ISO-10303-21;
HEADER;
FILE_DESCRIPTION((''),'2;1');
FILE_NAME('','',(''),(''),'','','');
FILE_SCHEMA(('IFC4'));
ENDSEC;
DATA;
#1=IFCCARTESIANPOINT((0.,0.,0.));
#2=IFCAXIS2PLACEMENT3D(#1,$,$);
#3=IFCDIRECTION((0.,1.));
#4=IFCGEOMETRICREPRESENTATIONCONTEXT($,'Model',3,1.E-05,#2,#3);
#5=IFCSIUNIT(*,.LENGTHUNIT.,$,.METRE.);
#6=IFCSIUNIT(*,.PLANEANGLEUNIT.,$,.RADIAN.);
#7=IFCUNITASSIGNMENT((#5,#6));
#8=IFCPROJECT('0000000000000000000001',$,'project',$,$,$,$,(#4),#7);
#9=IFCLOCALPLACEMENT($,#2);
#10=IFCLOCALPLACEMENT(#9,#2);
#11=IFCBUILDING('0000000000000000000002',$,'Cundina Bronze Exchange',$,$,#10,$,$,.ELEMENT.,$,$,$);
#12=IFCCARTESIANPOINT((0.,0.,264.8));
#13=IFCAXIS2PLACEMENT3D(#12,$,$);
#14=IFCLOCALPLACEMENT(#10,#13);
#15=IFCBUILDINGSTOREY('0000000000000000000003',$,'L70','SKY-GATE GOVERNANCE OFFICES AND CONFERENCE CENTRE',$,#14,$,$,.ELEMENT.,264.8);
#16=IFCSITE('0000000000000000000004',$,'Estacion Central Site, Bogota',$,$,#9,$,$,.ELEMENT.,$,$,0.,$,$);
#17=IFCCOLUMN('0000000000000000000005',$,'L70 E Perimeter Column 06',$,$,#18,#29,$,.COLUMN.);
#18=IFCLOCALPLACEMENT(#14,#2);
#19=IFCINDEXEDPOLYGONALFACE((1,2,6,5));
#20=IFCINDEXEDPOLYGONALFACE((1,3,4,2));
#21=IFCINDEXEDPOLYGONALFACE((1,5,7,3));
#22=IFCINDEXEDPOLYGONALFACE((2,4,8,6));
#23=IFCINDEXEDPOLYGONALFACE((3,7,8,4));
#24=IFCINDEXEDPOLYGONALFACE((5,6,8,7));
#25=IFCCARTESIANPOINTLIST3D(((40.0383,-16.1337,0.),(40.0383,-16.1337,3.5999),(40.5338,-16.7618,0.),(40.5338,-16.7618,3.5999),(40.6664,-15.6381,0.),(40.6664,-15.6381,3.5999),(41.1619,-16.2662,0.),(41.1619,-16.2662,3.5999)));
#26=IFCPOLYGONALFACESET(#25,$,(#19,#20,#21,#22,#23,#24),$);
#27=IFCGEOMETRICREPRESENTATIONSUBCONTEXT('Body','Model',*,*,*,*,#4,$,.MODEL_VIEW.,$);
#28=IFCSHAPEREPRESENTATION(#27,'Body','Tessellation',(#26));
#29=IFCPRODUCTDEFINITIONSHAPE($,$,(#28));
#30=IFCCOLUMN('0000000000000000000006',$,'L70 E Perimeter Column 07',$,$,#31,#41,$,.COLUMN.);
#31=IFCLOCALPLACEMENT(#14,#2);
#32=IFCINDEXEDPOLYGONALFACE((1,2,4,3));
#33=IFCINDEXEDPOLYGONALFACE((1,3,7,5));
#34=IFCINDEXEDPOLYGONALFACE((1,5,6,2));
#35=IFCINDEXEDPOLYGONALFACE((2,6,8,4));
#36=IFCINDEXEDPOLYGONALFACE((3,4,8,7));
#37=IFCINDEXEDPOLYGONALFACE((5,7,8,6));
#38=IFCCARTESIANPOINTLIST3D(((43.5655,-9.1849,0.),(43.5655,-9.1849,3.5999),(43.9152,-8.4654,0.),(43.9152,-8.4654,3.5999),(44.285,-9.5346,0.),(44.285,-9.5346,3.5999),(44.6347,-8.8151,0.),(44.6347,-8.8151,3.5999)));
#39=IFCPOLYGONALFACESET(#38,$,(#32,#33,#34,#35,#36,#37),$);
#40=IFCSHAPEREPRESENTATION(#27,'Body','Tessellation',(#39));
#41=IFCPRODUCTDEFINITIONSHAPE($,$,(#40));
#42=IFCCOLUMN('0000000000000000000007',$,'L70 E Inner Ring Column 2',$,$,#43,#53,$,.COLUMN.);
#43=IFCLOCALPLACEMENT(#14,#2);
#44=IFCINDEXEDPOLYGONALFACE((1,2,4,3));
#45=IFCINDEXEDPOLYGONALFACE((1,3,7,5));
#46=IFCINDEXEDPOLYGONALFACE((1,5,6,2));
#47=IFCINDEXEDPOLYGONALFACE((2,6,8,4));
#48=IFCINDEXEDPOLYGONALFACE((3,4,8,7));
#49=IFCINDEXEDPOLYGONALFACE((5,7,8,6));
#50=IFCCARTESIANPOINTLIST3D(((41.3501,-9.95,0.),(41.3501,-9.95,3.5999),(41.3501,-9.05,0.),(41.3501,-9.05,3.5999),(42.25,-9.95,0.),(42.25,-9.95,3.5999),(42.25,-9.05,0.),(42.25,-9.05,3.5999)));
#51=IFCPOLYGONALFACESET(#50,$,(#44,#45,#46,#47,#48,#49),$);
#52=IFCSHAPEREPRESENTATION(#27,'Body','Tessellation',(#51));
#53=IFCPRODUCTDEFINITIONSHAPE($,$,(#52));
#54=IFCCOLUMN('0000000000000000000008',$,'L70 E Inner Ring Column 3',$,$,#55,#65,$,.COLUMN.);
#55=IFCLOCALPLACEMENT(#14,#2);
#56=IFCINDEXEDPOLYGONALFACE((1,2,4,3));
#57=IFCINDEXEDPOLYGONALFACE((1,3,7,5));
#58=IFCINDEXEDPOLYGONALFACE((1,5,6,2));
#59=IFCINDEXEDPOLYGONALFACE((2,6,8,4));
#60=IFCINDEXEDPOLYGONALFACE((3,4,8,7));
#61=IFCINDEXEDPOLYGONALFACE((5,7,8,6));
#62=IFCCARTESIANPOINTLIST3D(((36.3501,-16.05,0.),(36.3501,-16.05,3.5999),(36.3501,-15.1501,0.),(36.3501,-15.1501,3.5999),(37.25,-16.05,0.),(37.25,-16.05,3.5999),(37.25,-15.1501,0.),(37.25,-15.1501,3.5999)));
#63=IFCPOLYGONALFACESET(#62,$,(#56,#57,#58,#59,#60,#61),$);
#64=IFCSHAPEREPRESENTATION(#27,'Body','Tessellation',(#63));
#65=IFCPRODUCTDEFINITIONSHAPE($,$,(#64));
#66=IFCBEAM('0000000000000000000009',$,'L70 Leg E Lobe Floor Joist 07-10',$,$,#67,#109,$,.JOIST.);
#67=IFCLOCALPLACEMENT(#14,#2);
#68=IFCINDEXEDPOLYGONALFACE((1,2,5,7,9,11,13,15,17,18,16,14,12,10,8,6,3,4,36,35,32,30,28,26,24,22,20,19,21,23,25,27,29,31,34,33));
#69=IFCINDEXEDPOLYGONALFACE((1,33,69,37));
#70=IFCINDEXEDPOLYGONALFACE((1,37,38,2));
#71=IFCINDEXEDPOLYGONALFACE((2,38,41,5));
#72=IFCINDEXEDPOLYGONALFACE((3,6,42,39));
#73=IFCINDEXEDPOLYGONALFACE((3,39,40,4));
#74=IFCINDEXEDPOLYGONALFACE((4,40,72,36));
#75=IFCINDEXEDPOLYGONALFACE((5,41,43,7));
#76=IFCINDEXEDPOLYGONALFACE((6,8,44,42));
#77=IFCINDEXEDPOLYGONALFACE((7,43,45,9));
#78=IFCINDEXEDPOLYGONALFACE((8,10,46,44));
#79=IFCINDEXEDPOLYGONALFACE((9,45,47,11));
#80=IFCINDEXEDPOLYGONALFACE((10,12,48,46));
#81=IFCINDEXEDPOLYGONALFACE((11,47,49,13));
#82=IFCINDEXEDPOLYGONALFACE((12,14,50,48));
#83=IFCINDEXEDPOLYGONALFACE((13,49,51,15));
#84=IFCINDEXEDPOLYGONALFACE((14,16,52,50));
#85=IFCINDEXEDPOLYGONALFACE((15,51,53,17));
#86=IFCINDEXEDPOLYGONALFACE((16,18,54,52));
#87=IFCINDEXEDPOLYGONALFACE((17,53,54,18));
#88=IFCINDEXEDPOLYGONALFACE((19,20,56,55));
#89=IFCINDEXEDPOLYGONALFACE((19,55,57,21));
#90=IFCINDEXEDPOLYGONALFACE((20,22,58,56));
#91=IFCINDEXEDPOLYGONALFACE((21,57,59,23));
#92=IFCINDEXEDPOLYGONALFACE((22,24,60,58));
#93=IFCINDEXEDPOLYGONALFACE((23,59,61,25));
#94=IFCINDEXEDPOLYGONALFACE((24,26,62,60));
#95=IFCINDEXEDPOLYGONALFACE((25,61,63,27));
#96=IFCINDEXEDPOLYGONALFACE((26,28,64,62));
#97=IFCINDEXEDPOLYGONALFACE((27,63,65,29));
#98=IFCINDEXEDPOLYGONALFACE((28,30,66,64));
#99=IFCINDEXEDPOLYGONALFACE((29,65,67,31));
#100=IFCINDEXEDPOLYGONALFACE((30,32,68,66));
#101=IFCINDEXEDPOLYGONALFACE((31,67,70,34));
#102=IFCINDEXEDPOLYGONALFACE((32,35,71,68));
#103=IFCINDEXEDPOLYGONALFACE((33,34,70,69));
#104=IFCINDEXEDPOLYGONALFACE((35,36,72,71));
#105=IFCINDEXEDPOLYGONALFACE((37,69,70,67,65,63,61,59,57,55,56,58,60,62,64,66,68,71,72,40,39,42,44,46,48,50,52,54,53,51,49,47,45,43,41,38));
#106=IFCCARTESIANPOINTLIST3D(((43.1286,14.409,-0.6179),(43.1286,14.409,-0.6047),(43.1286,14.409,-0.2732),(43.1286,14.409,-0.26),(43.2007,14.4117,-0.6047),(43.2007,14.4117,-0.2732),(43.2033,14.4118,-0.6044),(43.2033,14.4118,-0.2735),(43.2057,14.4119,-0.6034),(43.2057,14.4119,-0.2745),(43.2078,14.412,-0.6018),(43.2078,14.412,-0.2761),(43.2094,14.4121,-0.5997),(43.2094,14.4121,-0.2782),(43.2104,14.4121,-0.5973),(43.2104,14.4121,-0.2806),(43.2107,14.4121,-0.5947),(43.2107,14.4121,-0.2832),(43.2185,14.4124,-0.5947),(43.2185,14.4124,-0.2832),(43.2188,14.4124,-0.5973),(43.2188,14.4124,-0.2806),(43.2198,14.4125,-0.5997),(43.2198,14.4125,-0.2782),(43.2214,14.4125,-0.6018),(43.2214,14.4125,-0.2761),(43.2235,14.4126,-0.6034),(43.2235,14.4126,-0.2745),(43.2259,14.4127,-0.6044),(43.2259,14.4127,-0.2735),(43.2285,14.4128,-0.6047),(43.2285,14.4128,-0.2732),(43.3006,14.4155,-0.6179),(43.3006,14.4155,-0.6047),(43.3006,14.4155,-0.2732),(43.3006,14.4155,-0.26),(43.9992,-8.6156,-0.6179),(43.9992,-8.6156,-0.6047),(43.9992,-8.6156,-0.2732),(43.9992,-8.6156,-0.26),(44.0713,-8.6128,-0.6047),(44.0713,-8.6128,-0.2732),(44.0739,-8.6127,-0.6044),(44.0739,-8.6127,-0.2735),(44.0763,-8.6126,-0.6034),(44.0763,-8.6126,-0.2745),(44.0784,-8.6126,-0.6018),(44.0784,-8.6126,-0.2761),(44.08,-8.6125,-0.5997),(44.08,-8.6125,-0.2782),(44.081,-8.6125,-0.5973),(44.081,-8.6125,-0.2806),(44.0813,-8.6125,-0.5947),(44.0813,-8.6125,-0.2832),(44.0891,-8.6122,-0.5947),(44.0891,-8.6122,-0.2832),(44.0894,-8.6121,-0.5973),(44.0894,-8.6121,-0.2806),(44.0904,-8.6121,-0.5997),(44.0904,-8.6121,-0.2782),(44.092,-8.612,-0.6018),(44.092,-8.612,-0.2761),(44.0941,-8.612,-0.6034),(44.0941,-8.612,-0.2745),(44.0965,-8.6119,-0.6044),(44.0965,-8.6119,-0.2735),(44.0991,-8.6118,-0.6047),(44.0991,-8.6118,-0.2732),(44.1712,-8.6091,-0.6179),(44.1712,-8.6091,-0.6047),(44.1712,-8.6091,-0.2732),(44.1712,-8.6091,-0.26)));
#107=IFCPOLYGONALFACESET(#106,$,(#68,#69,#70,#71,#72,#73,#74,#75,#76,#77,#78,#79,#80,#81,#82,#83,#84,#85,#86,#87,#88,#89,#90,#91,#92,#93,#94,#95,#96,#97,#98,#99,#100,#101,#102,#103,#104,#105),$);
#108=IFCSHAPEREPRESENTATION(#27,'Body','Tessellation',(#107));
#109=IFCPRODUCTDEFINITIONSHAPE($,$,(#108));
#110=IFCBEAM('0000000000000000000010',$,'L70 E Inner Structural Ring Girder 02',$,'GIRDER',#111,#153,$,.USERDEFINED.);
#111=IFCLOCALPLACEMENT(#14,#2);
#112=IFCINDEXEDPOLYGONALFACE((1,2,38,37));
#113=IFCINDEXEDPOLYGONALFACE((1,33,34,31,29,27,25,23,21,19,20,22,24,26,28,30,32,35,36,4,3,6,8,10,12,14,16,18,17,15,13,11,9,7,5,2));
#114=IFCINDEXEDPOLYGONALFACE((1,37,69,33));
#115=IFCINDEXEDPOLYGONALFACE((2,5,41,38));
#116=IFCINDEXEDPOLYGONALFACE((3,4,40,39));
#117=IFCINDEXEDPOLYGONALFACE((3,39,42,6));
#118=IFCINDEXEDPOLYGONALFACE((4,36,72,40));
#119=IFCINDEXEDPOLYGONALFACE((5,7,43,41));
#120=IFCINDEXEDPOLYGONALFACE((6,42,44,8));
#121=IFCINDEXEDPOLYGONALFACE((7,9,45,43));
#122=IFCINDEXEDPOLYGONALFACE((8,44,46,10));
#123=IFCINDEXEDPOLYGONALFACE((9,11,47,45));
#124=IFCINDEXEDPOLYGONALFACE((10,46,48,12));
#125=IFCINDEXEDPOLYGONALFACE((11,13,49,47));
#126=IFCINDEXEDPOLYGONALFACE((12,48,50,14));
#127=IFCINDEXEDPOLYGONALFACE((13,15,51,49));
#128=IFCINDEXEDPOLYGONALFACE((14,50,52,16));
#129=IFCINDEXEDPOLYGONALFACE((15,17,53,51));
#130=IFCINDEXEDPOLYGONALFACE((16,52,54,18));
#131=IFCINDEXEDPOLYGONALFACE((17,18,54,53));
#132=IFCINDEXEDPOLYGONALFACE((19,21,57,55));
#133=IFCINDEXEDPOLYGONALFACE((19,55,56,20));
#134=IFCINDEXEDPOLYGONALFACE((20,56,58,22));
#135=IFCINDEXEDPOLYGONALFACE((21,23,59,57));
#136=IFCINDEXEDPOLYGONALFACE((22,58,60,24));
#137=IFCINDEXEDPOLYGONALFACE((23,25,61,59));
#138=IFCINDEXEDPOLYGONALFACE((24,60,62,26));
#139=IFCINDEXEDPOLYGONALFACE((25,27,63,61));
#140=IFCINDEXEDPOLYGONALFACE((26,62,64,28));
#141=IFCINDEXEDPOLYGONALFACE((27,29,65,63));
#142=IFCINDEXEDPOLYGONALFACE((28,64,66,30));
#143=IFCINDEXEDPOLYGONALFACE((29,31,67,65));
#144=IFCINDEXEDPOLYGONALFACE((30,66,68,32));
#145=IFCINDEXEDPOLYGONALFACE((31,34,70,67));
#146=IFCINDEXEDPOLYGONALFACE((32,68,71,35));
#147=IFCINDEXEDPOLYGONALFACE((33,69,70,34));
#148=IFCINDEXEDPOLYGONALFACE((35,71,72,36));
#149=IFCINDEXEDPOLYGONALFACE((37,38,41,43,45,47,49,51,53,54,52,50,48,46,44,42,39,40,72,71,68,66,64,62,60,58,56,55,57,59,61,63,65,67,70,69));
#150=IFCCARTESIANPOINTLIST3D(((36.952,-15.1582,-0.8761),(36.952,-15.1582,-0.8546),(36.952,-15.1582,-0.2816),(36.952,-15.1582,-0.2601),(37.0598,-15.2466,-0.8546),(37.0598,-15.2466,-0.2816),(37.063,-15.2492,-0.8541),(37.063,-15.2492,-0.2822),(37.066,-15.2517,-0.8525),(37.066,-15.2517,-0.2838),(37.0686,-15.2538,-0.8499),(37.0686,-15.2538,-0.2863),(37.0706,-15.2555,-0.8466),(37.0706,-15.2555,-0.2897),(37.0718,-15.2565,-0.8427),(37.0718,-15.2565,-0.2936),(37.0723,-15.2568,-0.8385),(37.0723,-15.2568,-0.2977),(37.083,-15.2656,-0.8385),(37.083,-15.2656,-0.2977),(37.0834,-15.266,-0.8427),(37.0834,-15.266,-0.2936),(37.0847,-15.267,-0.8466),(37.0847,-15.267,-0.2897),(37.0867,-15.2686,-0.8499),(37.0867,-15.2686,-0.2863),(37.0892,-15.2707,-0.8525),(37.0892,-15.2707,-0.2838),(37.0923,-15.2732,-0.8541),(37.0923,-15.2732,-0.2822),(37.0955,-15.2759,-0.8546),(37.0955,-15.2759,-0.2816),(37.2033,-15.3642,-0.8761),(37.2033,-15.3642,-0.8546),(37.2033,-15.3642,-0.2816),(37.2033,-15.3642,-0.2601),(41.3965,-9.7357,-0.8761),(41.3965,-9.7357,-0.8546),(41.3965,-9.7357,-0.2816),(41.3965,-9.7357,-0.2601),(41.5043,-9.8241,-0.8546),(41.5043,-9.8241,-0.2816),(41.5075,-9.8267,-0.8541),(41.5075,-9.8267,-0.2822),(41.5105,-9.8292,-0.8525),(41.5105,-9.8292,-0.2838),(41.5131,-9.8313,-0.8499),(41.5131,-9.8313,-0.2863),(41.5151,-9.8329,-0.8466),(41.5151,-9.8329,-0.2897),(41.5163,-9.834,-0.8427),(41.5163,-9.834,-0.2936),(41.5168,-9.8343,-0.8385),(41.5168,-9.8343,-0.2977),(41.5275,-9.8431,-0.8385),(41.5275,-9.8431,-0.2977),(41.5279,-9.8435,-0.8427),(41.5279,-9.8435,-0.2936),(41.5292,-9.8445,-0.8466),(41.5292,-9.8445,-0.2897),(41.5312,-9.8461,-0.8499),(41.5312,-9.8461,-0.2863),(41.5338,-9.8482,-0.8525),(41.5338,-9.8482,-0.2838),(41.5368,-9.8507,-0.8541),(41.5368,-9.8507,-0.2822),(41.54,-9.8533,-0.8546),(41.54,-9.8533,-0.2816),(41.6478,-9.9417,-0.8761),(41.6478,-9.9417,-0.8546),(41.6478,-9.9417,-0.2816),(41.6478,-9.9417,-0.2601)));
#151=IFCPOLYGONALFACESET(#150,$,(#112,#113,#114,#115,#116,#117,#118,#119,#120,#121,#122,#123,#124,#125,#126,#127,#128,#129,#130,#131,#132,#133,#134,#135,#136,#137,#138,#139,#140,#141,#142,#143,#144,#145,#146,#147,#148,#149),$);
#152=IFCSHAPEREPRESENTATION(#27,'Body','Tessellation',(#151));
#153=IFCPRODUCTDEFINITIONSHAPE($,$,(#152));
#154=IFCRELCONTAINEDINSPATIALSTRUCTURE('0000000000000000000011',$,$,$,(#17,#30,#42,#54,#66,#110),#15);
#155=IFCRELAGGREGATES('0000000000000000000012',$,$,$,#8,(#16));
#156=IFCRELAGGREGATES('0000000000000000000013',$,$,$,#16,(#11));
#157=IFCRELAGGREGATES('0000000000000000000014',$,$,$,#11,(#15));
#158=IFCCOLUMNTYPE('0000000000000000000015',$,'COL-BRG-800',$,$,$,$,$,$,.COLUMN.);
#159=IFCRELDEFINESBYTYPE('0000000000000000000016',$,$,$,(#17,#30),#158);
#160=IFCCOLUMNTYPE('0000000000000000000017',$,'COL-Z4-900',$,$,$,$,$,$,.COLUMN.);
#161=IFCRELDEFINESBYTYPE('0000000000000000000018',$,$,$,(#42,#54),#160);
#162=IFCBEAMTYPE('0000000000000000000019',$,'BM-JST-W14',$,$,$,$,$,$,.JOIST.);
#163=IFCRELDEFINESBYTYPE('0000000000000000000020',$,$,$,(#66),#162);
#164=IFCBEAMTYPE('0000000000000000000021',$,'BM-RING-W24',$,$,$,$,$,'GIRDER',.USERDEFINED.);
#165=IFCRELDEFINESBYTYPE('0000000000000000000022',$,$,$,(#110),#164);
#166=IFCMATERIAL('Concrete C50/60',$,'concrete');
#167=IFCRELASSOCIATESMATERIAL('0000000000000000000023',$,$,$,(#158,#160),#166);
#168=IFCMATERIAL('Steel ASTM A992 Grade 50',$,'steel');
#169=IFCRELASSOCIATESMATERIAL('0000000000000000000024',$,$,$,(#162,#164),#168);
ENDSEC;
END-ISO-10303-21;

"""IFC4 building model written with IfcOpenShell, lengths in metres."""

from ifc_helpers import new_model, si_unit, direction, frame, origin, origin_2d, place, context, subcontext, project, spatial, rectangle, i_section, extrude, material, material_profile, profile_set, type_object, element, save


model = new_model("IFC4")

# Units and contexts
model_context = context("Model", 3, precision=1e-05, world=origin(), true_north=direction((0.0, 1.0)))
body_context = subcontext(model_context, "Body", "Model", "MODEL_VIEW")
ifc_project = project(units=[si_unit("LENGTHUNIT", "METRE"), si_unit("PLANEANGLEUNIT", "RADIAN")], contexts=[model_context])

# Site, building, storey
site_placement = place(None, origin())
site = spatial("IfcSite", under=ifc_project, at=site_placement, Name="Estacion Central Site, Bogota", CompositionType="ELEMENT", RefElevation=0.0)
building_placement = place(site_placement, origin())
building = spatial("IfcBuilding", under=site, at=building_placement, Name="Cundina Bronze Exchange", CompositionType="ELEMENT")
storey_placement = place(building_placement, frame((0.0, 0.0, 264.8)))
storey = spatial("IfcBuildingStorey", under=building, at=storey_placement, Name="L70", Description="SKY-GATE GOVERNANCE OFFICES AND CONFERENCE CENTRE", CompositionType="ELEMENT", Elevation=264.8)

# Columns
ifc_material_1 = material(Name="Concrete C50/60", Category="concrete")
ifc_material_profile_1 = material_profile(ifc_material_1, rectangle(XDim=0.8, YDim=0.8, at=origin_2d()), Name="RC800X800", Category="concrete")
ifc_profile_set_1 = profile_set([ifc_material_profile_1], Name="Concrete C50/60")
column_type_1 = type_object("IfcColumnType", Name="COL-BRG-800", PredefinedType="COLUMN", material=ifc_profile_set_1)
for number, where, z_axis, x_axis, name in (
    (1, (40.6001, -16.2, 0.0), (0.0, 0.0, 1.0), (0.785101, 0.619368, 0.0), "L70 E Perimeter Column 06"),
    (2, (44.1001, -9.0, 0.0), (0.0, 0.0, 1.0), (0.437116, 0.899405, 0.0), "L70 E Perimeter Column 07"),
):
    element("IfcColumn", number, at=place(storey_placement, frame(where, z_axis=z_axis, x_axis=x_axis)), inside=storey, type_object=column_type_1, Name=name, PredefinedType="COLUMN", context=body_context, shape_type="SweptSolid", body=[
        extrude(rectangle(XDim=0.8, YDim=0.8, at=origin_2d()), origin(), (0.0, 0.0, 1.0), 3.5999),
    ])
ifc_material_profile_2 = material_profile(ifc_material_1, rectangle(XDim=0.8999, YDim=0.8999, at=origin_2d()), Name="RC900X900", Category="concrete")
ifc_profile_set_2 = profile_set([ifc_material_profile_2], Name="Concrete C50/60")
column_type_2 = type_object("IfcColumnType", Name="COL-Z4-900", PredefinedType="COLUMN", material=ifc_profile_set_2)
for number, where, z_axis, x_axis, name in (
    (3, (41.8, -9.5, 0.0), (0.0, 0.0, 1.0), (1.0, 0.0, 0.0), "L70 E Inner Ring Column 2"),
    (4, (36.8, -15.6001, 0.0), (0.0, 0.0, 1.0), (1.0, 0.0, 0.0), "L70 E Inner Ring Column 3"),
):
    element("IfcColumn", number, at=place(storey_placement, frame(where, z_axis=z_axis, x_axis=x_axis)), inside=storey, type_object=column_type_2, Name=name, PredefinedType="COLUMN", context=body_context, shape_type="SweptSolid", body=[
        extrude(rectangle(XDim=0.8999, YDim=0.8999, at=origin_2d()), origin(), (0.0, 0.0, 1.0), 3.5999),
    ])

# Beams
ifc_material_2 = material(Name="Steel ASTM A992 Grade 50", Category="steel")
ifc_material_profile_3 = material_profile(ifc_material_2, i_section(OverallWidth=0.1721, OverallDepth=0.3579, WebThickness=0.0078, FlangeThickness=0.0132, FilletRadius=0.01, at=origin_2d()), Name="W14X38", Category="steel")
ifc_profile_set_3 = profile_set([ifc_material_profile_3], Name="Steel ASTM A992 Grade 50")
beam_type_1 = type_object("IfcBeamType", Name="BM-JST-W14", PredefinedType="JOIST", material=ifc_profile_set_3)
beam_1_placement = place(storey_placement, frame((44.0852, -8.6123, -0.439), z_axis=(-0.037785, 0.999286, 0.0), x_axis=(-0.999286, -0.037785, 0.0)))
element("IfcBeam", 5, at=beam_1_placement, inside=storey, type_object=beam_type_1, Name="L70 Leg E Lobe Floor Joist 07-10", PredefinedType="JOIST", context=body_context, shape_type="SweptSolid", body=[
    extrude(i_section(OverallWidth=0.1721, OverallDepth=0.3579, WebThickness=0.0078, FlangeThickness=0.0132, FilletRadius=0.01, at=origin_2d()), origin(), (0.0, 0.0, 1.0), 23.041),
])
ifc_material_profile_4 = material_profile(ifc_material_2, i_section(OverallWidth=0.325, OverallDepth=0.616, WebThickness=0.0139, FlangeThickness=0.0215, FilletRadius=0.0161, at=origin_2d()), Name="W24X117", Category="steel")
ifc_profile_set_4 = profile_set([ifc_material_profile_4], Name="Steel ASTM A992 Grade 50")
beam_type_2 = type_object("IfcBeamType", Name="BM-RING-W24", ElementType="GIRDER", PredefinedType="USERDEFINED", material=ifc_profile_set_4)
beam_2_placement = place(storey_placement, frame((37.0776, -15.2612, -0.5681), z_axis=(0.633913, 0.773405, 0.0), x_axis=(-0.773405, 0.633913, 0.0)))
element("IfcBeam", 6, at=beam_2_placement, inside=storey, type_object=beam_type_2, Name="L70 E Inner Structural Ring Girder 02", ObjectType="GIRDER", PredefinedType="USERDEFINED", context=body_context, shape_type="SweptSolid", body=[
    extrude(i_section(OverallWidth=0.325, OverallDepth=0.616, WebThickness=0.0139, FlangeThickness=0.0215, FilletRadius=0.0161, at=origin_2d()), origin(), (0.0, 0.0, 1.0), 7.0112),
])

save(model, "model.ifc")
